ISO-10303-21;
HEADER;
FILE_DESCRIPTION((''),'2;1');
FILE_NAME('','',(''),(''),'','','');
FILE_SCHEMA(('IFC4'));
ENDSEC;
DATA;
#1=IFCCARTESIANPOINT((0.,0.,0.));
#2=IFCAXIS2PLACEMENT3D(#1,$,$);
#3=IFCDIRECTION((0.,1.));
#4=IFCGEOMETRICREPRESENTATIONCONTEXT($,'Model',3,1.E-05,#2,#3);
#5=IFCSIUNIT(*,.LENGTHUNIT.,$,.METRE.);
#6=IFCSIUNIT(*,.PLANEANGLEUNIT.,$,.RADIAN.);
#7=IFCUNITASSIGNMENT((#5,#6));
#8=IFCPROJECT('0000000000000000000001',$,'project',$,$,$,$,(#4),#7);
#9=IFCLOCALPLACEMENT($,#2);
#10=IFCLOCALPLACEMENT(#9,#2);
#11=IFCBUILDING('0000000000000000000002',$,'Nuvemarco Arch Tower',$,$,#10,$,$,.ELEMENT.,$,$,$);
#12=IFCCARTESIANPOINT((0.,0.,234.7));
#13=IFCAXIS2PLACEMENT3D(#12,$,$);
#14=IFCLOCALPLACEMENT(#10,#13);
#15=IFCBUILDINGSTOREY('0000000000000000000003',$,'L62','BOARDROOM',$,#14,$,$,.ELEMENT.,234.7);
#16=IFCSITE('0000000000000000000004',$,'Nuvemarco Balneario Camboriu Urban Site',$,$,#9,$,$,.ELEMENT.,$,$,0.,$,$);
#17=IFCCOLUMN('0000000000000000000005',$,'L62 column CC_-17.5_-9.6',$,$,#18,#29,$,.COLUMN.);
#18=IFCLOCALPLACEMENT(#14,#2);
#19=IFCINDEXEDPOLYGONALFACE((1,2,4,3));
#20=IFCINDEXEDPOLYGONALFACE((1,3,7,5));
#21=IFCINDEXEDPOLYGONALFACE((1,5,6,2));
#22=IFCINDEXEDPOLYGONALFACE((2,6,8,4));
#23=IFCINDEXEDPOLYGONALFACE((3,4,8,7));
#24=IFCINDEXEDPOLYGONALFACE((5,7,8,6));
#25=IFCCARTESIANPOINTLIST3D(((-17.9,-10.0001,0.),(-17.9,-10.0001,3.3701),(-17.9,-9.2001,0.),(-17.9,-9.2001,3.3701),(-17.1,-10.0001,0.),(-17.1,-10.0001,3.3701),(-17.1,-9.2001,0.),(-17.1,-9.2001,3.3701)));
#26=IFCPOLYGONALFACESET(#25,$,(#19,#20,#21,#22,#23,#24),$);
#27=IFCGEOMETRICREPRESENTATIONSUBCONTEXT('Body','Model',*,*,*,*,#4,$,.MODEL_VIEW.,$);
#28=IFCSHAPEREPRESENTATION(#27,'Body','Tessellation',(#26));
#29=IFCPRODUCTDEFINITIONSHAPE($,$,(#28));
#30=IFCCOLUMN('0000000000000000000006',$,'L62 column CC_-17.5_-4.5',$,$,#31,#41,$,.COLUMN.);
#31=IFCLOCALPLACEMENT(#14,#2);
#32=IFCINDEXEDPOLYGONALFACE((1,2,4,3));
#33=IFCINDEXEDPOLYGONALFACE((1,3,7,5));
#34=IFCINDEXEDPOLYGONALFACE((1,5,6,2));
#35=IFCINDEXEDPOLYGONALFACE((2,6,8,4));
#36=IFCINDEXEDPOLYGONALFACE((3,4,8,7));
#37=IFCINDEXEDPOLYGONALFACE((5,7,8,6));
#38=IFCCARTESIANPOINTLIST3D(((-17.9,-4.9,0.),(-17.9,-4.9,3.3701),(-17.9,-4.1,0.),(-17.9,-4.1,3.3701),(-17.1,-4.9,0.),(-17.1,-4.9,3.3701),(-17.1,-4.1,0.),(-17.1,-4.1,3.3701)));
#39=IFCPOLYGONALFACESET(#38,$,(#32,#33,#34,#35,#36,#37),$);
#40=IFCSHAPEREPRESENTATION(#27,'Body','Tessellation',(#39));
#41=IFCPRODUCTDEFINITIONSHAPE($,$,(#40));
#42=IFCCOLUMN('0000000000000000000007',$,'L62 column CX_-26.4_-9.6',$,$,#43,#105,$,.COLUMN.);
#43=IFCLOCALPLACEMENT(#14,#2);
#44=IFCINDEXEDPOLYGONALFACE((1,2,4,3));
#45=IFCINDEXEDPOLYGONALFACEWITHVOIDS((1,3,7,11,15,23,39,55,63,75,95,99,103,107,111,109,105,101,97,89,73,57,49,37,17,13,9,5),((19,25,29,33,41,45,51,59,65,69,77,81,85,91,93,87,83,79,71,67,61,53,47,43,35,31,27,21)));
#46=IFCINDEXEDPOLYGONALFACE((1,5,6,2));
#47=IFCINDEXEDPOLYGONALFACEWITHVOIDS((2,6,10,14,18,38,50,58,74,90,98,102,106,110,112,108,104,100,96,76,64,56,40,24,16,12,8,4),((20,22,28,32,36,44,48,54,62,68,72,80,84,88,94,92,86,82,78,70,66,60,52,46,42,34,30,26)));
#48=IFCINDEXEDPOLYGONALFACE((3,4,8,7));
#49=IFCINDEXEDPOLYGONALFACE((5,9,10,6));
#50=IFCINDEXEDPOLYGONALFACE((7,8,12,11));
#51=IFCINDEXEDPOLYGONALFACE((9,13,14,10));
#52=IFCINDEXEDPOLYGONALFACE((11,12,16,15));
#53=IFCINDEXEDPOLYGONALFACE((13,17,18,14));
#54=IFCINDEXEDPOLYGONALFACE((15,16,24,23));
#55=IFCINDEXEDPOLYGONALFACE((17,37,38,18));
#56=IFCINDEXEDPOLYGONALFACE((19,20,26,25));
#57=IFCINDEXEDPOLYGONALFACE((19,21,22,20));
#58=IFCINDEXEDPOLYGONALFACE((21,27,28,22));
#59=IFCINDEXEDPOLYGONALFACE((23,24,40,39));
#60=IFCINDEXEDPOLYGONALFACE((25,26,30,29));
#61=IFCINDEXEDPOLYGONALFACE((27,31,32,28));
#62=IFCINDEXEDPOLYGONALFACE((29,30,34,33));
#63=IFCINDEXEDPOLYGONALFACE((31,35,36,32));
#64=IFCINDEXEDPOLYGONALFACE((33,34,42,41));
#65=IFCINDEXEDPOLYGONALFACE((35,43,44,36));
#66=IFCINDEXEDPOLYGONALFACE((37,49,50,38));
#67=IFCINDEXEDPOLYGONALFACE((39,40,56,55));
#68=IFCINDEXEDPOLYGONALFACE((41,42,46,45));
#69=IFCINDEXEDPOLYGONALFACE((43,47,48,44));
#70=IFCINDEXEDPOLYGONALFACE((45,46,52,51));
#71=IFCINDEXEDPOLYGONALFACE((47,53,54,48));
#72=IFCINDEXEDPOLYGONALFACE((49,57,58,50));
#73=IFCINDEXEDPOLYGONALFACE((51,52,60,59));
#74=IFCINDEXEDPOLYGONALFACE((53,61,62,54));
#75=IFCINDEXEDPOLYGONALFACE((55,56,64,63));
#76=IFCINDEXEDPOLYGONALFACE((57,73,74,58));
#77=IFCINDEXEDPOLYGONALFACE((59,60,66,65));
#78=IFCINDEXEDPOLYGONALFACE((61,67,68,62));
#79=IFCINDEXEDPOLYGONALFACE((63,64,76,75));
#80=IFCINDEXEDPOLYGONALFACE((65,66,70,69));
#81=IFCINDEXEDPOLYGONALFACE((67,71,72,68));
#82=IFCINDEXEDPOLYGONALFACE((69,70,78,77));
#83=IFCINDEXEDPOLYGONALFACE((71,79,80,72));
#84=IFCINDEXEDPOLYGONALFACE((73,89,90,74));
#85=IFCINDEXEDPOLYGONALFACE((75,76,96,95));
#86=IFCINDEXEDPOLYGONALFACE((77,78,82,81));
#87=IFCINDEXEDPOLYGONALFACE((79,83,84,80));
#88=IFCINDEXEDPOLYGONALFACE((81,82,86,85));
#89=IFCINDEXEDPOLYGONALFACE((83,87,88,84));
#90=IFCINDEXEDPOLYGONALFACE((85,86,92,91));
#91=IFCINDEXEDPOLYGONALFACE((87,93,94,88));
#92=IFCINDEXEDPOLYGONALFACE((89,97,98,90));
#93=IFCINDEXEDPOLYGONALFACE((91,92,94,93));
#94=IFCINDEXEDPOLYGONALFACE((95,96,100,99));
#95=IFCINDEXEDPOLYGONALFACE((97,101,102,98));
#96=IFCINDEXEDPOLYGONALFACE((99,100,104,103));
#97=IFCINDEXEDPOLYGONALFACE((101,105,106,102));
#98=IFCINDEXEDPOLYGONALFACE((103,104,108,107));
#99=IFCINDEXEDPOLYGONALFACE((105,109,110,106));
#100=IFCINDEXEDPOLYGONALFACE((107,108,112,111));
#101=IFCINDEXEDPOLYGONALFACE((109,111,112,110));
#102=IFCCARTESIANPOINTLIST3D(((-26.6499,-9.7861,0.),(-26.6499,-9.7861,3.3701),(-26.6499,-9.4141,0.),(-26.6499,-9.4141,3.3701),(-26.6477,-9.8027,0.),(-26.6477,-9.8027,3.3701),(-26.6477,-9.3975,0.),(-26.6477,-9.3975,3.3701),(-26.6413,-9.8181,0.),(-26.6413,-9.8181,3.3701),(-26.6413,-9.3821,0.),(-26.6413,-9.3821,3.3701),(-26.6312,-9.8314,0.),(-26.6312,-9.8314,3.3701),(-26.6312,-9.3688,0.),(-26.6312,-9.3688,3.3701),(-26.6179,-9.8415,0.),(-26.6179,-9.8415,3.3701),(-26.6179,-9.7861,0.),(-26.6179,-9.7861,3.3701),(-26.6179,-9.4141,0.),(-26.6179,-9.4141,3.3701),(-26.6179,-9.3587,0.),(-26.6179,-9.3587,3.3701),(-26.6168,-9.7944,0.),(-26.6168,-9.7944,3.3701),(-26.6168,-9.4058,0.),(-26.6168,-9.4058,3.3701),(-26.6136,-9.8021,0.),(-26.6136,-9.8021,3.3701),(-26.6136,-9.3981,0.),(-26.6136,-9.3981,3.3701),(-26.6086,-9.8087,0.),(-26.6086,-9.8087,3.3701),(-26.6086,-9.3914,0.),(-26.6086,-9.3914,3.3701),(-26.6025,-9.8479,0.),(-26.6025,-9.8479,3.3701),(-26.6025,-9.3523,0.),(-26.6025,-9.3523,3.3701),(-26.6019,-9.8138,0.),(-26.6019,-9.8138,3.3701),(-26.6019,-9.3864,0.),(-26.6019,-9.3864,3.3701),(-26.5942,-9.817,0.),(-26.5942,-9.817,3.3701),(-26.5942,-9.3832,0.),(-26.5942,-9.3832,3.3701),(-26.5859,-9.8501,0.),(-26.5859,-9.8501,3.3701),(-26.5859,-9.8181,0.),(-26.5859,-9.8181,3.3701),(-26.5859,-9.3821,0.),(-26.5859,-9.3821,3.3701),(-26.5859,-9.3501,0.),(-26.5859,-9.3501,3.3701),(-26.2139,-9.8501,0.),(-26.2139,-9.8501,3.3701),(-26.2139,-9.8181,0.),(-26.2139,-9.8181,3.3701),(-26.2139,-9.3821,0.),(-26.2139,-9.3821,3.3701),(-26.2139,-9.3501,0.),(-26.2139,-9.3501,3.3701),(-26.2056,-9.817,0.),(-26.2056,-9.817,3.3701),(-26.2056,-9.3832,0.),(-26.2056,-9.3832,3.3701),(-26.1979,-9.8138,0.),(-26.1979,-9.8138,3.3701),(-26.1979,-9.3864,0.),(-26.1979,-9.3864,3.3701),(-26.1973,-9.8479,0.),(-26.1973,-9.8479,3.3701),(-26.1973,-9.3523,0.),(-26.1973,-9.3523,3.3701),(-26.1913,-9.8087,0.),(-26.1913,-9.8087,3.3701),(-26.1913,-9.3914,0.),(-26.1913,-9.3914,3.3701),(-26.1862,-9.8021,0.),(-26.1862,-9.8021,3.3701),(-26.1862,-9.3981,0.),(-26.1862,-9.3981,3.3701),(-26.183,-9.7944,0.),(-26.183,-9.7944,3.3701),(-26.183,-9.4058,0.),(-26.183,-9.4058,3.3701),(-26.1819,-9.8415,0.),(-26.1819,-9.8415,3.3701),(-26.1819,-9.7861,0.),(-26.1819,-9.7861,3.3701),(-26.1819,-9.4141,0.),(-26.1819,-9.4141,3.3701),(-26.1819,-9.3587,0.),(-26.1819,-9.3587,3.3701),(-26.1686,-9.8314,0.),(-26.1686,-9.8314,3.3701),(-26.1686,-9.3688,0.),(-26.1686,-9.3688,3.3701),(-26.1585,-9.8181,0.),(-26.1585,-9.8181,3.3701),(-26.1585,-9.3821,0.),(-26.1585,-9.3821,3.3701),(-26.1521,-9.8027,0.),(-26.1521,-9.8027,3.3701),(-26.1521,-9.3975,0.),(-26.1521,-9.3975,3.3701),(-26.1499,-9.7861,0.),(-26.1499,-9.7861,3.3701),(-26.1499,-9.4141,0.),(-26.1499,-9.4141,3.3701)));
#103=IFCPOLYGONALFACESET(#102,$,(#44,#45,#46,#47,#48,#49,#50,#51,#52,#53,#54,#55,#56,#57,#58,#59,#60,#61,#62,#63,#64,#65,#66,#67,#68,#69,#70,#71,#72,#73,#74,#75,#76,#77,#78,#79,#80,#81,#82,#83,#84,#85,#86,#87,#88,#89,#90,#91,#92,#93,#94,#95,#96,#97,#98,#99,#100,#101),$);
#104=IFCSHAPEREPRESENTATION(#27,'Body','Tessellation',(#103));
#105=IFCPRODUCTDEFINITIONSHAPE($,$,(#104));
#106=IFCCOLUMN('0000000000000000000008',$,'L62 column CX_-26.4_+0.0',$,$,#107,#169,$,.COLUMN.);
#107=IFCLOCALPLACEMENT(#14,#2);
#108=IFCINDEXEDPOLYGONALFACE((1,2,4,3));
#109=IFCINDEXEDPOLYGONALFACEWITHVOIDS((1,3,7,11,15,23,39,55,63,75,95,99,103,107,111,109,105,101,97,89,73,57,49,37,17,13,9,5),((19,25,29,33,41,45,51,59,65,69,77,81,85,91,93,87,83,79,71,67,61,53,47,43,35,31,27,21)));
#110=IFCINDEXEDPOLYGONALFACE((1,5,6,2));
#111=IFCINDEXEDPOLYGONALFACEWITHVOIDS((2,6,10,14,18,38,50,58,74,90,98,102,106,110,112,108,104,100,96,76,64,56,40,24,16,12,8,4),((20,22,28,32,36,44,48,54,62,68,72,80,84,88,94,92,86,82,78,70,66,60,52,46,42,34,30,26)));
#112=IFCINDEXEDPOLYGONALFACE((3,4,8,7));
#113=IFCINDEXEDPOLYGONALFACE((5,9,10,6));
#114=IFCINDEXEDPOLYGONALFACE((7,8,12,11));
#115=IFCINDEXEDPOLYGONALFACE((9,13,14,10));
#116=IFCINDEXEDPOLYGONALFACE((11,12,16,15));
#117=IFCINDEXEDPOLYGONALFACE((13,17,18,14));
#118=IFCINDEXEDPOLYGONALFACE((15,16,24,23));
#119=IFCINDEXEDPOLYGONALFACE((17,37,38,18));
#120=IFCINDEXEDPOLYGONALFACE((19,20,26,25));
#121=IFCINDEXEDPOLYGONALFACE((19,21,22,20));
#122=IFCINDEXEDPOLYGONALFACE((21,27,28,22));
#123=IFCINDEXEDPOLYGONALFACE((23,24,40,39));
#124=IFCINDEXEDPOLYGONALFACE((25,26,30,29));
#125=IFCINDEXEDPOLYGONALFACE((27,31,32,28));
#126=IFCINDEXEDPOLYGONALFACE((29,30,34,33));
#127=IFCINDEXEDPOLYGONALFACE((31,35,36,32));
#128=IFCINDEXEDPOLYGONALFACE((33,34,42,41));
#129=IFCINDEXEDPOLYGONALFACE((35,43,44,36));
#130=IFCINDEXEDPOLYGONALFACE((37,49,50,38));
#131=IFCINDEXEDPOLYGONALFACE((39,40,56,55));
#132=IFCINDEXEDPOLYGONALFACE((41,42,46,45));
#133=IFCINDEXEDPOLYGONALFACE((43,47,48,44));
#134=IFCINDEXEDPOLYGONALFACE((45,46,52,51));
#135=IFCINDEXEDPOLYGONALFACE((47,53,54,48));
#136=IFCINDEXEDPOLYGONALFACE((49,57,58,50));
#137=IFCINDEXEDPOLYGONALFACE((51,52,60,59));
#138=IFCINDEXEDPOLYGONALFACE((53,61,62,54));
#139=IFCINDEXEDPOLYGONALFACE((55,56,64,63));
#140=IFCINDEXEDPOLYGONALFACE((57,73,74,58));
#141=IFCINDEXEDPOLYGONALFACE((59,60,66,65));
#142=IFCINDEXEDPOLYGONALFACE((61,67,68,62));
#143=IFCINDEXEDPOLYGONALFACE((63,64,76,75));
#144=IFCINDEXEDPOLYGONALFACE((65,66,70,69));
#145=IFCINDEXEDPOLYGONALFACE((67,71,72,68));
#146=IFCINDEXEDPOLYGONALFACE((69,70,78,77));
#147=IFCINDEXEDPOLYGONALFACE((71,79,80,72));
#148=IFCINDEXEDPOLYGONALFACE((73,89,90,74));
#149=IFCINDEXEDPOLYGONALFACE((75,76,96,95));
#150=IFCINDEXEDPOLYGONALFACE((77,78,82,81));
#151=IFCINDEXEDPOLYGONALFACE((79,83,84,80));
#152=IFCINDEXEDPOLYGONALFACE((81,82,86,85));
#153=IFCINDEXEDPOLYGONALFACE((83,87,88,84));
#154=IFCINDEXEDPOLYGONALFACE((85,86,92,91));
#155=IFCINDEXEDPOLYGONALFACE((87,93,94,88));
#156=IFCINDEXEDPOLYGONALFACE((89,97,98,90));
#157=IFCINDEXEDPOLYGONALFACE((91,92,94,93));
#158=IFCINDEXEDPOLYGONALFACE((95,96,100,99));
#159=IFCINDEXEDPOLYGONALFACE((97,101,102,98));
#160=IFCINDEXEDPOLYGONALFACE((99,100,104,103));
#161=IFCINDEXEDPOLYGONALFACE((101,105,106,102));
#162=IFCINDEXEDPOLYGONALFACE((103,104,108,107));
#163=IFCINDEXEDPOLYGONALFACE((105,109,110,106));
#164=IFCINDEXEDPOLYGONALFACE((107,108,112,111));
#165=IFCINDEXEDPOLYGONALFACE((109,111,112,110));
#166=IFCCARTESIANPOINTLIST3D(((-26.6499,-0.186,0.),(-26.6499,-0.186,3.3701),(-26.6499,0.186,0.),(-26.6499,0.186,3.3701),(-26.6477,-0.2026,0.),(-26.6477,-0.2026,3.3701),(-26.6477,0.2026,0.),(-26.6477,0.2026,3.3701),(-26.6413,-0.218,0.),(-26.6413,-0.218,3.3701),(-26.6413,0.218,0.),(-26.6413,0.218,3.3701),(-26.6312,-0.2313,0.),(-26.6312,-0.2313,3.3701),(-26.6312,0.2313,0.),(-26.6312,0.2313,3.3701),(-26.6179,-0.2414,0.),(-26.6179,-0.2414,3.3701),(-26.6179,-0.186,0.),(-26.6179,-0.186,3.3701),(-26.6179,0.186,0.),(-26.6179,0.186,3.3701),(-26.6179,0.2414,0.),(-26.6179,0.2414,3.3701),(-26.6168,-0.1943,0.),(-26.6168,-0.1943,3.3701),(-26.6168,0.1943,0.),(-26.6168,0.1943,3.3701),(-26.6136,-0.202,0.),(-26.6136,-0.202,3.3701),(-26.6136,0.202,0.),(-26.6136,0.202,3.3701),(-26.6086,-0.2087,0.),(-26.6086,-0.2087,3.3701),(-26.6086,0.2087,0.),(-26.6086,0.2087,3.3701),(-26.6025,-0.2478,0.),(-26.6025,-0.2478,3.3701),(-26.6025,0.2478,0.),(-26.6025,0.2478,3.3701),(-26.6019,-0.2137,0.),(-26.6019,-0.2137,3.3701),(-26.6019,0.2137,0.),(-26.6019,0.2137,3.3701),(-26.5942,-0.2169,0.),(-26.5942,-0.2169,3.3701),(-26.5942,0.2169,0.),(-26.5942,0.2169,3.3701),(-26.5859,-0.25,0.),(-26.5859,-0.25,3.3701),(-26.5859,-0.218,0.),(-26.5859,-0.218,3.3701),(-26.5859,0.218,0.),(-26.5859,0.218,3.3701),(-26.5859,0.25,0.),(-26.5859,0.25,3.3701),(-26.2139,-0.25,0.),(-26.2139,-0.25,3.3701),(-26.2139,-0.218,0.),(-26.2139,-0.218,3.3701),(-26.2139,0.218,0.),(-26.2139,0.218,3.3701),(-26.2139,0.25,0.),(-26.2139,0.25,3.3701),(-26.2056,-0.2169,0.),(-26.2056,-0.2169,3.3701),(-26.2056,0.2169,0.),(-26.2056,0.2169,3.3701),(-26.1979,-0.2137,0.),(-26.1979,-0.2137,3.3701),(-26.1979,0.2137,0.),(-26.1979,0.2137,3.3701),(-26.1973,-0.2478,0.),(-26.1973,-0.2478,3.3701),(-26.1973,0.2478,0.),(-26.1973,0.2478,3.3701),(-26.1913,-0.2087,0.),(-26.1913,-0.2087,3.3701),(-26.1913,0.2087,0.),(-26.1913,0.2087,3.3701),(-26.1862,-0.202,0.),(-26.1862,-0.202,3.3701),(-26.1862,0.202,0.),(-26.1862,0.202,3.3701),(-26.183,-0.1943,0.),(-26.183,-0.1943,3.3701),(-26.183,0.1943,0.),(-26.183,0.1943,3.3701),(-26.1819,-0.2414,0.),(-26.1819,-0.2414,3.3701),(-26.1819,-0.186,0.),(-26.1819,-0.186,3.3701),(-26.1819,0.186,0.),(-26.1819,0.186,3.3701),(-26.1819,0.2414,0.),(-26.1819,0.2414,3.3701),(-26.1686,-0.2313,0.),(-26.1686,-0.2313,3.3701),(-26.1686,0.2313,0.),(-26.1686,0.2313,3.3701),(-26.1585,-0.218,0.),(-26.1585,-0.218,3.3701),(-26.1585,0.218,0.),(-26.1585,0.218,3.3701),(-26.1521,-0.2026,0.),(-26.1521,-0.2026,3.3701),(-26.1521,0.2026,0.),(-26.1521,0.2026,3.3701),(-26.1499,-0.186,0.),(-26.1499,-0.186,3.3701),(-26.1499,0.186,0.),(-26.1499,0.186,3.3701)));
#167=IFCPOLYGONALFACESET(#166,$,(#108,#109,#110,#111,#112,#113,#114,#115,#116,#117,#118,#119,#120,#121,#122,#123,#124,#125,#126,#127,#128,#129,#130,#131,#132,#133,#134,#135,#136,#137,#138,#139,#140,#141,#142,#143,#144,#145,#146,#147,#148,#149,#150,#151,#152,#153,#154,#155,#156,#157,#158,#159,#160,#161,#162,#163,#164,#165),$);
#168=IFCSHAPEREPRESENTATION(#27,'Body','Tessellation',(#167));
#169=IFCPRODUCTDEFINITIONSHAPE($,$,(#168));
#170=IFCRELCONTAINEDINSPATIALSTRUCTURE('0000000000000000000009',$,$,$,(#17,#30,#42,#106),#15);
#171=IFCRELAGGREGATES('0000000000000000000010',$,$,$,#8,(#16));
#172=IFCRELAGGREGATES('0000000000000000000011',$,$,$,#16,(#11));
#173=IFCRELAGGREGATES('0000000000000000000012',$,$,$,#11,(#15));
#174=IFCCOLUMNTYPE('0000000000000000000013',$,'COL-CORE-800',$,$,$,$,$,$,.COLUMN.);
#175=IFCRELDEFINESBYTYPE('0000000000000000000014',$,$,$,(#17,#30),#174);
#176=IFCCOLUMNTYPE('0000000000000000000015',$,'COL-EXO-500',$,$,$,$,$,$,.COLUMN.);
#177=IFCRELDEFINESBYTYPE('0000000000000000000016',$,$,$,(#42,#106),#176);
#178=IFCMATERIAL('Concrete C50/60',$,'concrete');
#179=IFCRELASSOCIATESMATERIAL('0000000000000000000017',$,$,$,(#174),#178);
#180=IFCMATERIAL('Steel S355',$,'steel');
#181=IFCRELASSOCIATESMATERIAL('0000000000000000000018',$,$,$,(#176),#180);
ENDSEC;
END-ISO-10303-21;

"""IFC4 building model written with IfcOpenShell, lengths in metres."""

from ifc_helpers import new_model, si_unit, direction, frame, origin, origin_2d, place, context, subcontext, project, spatial, rectangle, hollow_rectangle, extrude, material, material_profile, profile_set, type_object, element, save


model = new_model("IFC4")

# Units and contexts
model_context = context("Model", 3, precision=1e-05, world=origin(), true_north=direction((0.0, 1.0)))
body_context = subcontext(model_context, "Body", "Model", "MODEL_VIEW")
ifc_project = project(units=[si_unit("LENGTHUNIT", "METRE"), si_unit("PLANEANGLEUNIT", "RADIAN")], contexts=[model_context])

# Site, building, storey
site_placement = place(None, origin())
site = spatial("IfcSite", under=ifc_project, at=site_placement, Name="Nuvemarco Balneario Camboriu Urban Site", CompositionType="ELEMENT", RefElevation=0.0)
building_placement = place(site_placement, origin())
building = spatial("IfcBuilding", under=site, at=building_placement, Name="Nuvemarco Arch Tower", CompositionType="ELEMENT")
storey_placement = place(building_placement, frame((0.0, 0.0, 234.7)))
storey = spatial("IfcBuildingStorey", under=building, at=storey_placement, Name="L62", Description="BOARDROOM", CompositionType="ELEMENT", Elevation=234.7)

# Columns
ifc_material_1 = material(Name="Concrete C50/60", Category="concrete")
ifc_material_profile_1 = material_profile(ifc_material_1, rectangle(XDim=0.8, YDim=0.8, at=origin_2d()), Name="RC-COL-800x800")
ifc_profile_set_1 = profile_set([ifc_material_profile_1], Name="Concrete C50/60")
column_type_1 = type_object("IfcColumnType", Name="COL-CORE-800", PredefinedType="COLUMN", material=ifc_profile_set_1)
for number, where, z_axis, x_axis, name in (
    (1, (-17.5, -9.6001, 0.0), (0.0, 0.0, 1.0), (1.0, 0.0, 0.0), "L62 column CC_-17.5_-9.6"),
    (2, (-17.5, -4.5, 0.0), (0.0, 0.0, 1.0), (1.0, 0.0, 0.0), "L62 column CC_-17.5_-4.5"),
):
    element("IfcColumn", number, at=place(storey_placement, frame(where, z_axis=z_axis, x_axis=x_axis)), inside=storey, type_object=column_type_1, Name=name, PredefinedType="COLUMN", context=body_context, shape_type="SweptSolid", body=[
        extrude(rectangle(XDim=0.8, YDim=0.8, at=origin_2d()), origin(), (0.0, 0.0, 1.0), 3.3701),
    ])
ifc_material_2 = material(Name="Steel S355", Category="steel")
ifc_material_profile_2 = material_profile(ifc_material_2, hollow_rectangle(XDim=0.5, YDim=0.5, WallThickness=0.032, InnerFilletRadius=0.032, OuterFilletRadius=0.064, at=origin_2d()), Name="SHS500x500x32")
ifc_profile_set_2 = profile_set([ifc_material_profile_2], Name="Steel S355")
column_type_2 = type_object("IfcColumnType", Name="COL-EXO-500", PredefinedType="COLUMN", material=ifc_profile_set_2)
for number, where, z_axis, x_axis, name in (
    (3, (-26.3999, -9.6001, 0.0), (0.0, 0.0, 1.0), (1.0, 0.0, 0.0), "L62 column CX_-26.4_-9.6"),
    (4, (-26.3999, 0.0, 0.0), (0.0, 0.0, 1.0), (1.0, 0.0, 0.0), "L62 column CX_-26.4_+0.0"),
):
    element("IfcColumn", number, at=place(storey_placement, frame(where, z_axis=z_axis, x_axis=x_axis)), inside=storey, type_object=column_type_2, Name=name, PredefinedType="COLUMN", context=body_context, shape_type="SweptSolid", body=[
        extrude(hollow_rectangle(XDim=0.5, YDim=0.5, WallThickness=0.032, InnerFilletRadius=0.032, OuterFilletRadius=0.064, at=origin_2d()), origin(), (0.0, 0.0, 1.0), 3.3701),
    ])

save(model, "model.ifc")
